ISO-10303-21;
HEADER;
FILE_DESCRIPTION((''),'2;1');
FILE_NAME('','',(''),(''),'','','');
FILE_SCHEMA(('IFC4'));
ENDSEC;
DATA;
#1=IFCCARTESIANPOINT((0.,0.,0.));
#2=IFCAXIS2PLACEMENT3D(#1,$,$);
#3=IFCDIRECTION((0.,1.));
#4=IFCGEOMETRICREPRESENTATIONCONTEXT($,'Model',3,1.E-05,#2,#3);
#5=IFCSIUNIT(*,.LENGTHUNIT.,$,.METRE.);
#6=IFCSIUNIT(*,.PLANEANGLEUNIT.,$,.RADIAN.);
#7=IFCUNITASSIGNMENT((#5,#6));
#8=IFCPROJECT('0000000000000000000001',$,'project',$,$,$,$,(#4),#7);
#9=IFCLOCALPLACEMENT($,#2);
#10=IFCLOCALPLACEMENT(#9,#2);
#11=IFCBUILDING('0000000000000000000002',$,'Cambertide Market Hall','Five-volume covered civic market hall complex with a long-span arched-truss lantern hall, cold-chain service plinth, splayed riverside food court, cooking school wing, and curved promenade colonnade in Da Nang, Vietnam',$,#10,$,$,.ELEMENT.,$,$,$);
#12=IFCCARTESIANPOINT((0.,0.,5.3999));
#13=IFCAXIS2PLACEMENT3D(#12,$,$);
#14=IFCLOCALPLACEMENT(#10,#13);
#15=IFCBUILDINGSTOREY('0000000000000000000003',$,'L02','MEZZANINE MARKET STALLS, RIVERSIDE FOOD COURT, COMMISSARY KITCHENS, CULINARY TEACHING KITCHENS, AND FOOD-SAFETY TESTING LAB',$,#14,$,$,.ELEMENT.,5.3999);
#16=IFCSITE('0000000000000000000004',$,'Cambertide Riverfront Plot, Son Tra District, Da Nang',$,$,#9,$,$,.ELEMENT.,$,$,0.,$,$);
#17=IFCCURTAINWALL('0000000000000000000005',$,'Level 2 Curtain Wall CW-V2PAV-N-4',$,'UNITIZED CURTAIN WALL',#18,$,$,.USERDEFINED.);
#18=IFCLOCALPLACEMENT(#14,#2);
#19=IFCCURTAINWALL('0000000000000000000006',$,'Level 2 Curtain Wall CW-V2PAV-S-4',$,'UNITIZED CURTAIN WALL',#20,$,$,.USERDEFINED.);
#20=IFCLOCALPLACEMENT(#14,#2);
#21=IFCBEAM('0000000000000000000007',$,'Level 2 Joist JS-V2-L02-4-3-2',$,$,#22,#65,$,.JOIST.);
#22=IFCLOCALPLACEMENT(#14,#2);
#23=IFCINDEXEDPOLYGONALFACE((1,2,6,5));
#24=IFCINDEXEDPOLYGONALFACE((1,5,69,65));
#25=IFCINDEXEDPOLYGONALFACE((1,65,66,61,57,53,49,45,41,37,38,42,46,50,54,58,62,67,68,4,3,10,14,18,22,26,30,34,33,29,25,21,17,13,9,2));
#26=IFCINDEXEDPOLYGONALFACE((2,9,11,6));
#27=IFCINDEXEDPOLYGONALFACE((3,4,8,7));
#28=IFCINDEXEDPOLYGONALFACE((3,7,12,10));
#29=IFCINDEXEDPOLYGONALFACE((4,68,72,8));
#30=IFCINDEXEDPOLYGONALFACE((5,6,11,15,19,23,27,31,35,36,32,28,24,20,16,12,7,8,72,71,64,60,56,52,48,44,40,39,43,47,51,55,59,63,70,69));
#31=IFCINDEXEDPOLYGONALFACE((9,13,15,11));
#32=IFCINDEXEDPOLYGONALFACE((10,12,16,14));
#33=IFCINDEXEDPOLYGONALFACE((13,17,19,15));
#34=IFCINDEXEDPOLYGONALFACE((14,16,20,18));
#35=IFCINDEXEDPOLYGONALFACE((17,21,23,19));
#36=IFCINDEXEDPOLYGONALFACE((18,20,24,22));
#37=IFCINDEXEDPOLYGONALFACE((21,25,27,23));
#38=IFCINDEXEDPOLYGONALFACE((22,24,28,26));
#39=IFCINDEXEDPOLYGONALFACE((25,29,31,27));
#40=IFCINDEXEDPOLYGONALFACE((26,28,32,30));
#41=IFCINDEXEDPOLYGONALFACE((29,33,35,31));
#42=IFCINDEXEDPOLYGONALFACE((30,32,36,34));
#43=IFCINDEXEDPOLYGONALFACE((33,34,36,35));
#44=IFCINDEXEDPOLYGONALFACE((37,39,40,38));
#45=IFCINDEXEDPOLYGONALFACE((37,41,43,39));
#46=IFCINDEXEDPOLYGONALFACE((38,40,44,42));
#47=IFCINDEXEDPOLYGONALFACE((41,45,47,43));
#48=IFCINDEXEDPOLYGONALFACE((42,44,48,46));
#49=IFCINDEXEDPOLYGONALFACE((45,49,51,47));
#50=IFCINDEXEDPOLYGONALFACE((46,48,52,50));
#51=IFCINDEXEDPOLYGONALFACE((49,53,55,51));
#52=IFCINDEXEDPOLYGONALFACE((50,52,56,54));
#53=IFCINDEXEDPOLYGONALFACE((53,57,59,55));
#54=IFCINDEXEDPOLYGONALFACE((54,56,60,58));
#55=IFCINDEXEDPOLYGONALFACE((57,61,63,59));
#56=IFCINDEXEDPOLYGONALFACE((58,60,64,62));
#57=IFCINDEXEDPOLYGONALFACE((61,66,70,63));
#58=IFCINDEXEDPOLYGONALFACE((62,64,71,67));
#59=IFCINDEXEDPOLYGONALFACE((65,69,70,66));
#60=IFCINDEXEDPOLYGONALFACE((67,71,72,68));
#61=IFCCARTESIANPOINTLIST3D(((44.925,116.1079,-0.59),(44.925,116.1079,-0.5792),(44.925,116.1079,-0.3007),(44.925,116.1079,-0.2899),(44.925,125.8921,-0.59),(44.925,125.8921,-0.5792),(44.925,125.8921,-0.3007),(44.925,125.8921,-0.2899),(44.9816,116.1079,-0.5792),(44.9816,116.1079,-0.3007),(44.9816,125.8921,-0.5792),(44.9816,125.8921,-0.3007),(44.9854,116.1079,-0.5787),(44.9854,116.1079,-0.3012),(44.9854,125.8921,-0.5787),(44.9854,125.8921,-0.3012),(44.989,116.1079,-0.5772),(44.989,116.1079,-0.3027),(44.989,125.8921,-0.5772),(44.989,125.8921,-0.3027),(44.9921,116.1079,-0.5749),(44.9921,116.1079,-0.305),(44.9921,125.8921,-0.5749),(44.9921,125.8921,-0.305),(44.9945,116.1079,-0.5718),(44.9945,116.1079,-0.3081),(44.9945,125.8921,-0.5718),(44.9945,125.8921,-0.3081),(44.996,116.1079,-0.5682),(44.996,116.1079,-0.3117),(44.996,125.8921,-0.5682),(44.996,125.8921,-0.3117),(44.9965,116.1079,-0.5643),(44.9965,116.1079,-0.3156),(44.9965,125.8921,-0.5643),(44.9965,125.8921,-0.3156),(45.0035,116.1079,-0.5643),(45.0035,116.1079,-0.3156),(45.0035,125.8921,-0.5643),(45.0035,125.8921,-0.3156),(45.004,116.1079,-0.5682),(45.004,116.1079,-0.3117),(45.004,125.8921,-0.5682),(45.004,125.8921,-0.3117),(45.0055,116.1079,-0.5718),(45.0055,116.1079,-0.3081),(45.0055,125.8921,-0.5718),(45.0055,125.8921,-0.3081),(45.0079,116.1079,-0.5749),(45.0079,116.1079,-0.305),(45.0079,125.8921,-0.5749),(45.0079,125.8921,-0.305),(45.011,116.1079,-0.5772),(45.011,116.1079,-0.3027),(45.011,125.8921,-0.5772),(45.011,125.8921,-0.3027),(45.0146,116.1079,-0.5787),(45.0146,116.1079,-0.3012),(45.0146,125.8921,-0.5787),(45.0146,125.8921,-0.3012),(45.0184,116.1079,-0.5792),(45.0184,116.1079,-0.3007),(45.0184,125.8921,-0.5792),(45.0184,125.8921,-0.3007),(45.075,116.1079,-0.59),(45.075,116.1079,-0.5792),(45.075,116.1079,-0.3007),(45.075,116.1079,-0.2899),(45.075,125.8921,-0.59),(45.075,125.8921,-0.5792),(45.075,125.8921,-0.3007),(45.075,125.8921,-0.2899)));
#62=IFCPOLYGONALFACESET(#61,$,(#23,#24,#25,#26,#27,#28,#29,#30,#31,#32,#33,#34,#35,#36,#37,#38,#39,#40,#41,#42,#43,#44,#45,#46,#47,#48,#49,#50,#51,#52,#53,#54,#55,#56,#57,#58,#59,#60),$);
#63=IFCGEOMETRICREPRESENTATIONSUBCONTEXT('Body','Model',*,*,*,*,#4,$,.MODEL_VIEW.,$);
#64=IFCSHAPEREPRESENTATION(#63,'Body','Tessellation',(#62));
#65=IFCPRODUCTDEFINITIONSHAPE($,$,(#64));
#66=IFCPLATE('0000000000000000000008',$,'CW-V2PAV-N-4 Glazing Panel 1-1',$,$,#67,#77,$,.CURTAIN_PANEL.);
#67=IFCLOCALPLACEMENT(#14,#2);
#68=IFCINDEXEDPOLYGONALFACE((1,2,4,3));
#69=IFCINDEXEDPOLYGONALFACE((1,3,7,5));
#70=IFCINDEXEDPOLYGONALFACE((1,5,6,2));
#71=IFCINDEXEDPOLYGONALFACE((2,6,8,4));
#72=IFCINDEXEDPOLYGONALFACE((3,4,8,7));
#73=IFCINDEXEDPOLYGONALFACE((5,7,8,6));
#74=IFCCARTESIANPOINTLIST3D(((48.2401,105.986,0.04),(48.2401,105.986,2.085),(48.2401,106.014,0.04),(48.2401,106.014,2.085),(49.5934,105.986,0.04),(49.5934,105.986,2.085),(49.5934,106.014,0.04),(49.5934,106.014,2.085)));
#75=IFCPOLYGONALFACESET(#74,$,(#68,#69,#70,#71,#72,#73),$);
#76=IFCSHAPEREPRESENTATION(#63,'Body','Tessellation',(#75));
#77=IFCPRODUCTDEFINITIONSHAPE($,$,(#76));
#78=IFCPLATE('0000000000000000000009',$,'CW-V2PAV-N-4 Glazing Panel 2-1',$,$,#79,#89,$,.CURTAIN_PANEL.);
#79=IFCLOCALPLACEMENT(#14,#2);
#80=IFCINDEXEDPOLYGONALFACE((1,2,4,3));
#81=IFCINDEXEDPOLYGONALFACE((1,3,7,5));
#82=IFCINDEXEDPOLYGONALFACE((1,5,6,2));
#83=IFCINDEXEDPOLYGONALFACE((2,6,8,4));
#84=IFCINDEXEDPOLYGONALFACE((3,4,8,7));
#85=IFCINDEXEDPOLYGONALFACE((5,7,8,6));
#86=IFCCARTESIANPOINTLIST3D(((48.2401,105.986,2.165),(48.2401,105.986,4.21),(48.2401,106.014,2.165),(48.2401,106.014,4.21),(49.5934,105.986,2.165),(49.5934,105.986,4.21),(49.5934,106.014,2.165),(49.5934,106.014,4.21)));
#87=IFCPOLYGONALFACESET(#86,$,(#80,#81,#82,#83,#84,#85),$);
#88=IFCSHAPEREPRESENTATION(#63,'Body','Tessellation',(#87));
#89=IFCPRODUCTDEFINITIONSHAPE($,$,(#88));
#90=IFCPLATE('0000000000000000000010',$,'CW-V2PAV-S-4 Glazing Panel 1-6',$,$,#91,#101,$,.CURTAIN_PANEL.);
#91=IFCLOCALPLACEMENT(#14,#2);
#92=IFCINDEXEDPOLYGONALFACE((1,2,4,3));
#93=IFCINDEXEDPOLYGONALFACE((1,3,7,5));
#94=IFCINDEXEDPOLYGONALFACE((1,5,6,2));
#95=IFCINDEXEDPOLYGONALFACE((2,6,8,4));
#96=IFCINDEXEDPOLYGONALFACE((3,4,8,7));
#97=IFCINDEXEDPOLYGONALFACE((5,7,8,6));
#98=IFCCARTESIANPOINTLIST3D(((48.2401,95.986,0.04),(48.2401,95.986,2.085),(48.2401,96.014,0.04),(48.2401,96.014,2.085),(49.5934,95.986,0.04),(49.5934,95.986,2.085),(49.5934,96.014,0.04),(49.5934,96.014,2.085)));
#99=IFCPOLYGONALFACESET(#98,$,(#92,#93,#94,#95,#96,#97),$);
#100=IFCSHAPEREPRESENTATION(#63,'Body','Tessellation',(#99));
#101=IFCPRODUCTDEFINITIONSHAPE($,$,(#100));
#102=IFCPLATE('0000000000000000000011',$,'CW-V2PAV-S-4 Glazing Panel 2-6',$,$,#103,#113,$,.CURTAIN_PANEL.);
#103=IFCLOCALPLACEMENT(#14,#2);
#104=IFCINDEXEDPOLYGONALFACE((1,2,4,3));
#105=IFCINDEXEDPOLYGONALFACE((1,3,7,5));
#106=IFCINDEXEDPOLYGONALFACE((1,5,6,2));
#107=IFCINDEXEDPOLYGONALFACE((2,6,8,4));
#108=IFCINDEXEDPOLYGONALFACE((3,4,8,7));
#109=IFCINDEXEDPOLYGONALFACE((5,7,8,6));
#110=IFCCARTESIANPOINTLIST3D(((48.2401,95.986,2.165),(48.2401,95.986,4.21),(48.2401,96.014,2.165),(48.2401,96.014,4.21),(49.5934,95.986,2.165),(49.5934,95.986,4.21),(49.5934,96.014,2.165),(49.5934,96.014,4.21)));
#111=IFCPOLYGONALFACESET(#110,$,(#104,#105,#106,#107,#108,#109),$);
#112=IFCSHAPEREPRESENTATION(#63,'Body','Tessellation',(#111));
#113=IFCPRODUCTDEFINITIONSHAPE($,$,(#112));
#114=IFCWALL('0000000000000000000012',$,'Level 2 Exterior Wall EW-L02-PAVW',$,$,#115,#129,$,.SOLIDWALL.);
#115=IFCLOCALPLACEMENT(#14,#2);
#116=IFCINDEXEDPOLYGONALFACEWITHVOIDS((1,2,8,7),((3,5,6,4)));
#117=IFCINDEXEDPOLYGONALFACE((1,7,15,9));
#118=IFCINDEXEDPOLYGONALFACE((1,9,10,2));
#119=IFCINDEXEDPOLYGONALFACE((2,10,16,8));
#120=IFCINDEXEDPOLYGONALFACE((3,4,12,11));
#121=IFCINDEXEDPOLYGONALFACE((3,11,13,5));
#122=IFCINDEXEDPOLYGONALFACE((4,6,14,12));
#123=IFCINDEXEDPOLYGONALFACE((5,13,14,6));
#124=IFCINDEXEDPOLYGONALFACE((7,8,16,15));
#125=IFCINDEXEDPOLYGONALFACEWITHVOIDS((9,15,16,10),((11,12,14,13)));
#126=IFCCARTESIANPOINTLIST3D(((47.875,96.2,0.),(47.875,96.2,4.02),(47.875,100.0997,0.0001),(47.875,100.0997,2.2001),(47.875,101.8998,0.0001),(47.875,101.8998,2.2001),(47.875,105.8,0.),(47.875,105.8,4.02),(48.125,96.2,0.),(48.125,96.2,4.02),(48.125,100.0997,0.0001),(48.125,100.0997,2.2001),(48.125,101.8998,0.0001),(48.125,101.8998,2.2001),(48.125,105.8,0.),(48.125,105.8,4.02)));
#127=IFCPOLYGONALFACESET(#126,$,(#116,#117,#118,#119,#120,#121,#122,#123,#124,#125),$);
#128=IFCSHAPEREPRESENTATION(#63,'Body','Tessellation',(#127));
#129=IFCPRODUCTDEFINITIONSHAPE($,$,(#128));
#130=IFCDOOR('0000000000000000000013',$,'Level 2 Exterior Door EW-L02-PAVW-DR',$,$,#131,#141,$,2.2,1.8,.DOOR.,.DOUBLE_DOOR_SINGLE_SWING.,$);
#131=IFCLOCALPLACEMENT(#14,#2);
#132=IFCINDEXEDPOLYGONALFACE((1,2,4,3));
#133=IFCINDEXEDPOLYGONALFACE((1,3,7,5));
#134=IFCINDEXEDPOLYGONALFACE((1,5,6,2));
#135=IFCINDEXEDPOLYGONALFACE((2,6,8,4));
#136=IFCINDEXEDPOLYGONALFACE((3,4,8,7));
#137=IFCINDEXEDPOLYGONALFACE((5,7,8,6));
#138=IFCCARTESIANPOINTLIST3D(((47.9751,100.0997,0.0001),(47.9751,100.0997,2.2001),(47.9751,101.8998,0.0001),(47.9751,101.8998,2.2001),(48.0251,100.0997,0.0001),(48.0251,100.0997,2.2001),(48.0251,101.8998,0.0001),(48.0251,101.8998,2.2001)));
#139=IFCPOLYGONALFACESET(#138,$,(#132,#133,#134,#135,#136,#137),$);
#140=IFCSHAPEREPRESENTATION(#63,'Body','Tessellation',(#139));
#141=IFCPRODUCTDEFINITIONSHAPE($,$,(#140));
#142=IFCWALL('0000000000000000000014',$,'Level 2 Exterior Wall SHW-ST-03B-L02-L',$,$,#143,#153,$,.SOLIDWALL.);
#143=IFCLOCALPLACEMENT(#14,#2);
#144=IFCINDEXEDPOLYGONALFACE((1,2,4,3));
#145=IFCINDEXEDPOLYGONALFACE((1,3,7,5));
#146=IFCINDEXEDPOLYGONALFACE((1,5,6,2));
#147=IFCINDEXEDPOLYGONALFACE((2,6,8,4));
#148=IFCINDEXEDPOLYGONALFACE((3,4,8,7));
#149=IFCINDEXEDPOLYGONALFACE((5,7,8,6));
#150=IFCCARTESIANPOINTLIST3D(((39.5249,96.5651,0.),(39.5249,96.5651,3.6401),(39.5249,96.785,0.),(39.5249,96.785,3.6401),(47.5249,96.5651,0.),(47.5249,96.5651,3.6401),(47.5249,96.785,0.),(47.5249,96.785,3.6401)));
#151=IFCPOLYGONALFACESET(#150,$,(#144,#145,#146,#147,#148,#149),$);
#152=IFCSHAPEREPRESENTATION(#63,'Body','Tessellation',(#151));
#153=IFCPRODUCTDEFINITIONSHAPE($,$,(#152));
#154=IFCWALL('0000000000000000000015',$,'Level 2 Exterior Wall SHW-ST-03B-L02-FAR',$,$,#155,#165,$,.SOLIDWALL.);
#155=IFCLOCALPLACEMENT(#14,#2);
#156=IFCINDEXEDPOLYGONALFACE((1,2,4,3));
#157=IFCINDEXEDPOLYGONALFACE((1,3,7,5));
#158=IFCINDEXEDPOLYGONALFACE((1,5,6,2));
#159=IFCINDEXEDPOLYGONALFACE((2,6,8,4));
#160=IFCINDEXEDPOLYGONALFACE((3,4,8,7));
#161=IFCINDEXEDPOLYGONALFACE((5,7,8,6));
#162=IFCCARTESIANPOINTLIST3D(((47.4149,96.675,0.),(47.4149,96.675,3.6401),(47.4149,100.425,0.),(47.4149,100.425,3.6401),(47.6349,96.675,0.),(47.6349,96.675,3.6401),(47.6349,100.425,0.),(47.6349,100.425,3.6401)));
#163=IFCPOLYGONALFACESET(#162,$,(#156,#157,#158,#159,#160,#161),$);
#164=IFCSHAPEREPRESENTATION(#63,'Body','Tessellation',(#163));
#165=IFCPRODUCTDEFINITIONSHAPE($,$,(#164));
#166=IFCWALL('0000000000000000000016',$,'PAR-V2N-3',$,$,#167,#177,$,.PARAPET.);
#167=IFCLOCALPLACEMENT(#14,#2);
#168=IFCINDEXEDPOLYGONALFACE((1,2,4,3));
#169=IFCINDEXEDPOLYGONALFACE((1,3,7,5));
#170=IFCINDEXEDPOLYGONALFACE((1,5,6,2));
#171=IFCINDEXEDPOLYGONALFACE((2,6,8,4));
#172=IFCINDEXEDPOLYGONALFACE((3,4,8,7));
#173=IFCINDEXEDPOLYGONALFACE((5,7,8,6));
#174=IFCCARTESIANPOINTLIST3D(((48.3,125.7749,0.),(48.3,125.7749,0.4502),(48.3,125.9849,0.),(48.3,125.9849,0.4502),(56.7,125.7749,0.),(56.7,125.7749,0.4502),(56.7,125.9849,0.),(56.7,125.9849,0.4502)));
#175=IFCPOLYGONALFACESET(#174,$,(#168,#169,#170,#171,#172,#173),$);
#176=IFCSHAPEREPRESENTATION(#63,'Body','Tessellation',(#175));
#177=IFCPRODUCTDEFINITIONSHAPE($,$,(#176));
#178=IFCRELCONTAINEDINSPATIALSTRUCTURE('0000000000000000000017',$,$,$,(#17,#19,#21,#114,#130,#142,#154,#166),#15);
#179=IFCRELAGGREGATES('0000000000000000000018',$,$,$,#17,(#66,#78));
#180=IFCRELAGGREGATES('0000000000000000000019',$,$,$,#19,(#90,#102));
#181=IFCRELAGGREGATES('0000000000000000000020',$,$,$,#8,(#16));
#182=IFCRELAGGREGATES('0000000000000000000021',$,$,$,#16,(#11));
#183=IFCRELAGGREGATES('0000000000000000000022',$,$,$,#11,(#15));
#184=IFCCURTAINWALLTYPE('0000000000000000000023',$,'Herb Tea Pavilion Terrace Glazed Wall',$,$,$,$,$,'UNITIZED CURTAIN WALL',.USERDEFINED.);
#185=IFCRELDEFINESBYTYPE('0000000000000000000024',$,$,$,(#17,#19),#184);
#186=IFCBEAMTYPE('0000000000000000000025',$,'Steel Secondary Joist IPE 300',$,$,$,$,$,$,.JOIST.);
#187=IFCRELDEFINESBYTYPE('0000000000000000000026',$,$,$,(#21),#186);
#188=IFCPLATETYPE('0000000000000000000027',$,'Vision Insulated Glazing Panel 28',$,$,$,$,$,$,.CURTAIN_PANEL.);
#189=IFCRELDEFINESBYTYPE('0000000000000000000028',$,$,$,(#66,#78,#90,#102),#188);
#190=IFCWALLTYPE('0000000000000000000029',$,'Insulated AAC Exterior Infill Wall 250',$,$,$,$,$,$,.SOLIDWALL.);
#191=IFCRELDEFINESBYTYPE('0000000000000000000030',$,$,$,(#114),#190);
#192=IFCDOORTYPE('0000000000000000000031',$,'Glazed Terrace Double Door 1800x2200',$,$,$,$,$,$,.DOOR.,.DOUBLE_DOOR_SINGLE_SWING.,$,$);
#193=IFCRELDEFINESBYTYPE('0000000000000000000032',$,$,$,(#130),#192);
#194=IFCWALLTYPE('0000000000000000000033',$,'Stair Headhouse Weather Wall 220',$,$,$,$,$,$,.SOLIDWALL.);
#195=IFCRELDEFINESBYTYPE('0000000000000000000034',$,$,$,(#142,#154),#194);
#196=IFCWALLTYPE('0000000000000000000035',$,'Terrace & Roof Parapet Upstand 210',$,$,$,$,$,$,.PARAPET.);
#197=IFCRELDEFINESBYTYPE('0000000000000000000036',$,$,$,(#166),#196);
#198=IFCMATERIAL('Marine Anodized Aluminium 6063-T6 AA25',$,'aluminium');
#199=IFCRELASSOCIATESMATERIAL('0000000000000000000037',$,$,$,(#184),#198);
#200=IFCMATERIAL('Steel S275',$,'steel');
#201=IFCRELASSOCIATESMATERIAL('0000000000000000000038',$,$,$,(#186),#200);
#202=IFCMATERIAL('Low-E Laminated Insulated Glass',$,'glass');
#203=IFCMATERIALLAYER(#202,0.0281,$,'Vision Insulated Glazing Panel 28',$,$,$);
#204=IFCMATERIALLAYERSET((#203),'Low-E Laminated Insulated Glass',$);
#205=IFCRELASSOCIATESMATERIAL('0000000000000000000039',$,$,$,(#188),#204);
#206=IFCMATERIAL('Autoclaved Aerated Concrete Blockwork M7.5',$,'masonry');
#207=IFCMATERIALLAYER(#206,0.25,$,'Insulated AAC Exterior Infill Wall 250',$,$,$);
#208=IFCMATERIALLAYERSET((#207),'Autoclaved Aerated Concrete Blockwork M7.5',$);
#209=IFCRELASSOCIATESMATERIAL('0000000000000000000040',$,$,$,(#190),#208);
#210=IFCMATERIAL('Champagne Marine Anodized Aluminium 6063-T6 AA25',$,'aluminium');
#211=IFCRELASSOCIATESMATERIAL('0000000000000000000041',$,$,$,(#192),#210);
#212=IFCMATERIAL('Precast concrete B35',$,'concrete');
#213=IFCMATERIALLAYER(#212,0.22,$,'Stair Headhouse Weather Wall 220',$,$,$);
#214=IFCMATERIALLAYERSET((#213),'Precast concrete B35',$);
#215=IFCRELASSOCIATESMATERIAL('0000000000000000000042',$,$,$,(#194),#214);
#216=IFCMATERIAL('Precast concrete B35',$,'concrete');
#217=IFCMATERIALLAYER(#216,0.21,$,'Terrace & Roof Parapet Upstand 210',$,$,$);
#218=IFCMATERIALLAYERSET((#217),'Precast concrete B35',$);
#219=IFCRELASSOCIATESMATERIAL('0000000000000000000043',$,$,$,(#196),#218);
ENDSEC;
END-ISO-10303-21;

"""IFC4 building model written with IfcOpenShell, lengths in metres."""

from ifc_helpers import new_model, si_unit, direction, frame, frame_2d, origin, origin_2d, place, context, subcontext, project, spatial, rectangle, i_section, extrude, material, layer, layer_set, material_profile, profile_set, type_object, element, fill, aggregate, save


model = new_model("IFC4")

# Units and contexts
model_context = context("Model", 3, precision=1e-05, world=origin(), true_north=direction((0.0, 1.0)))
body_context = subcontext(model_context, "Body", "Model", "MODEL_VIEW")
ifc_project = project(units=[si_unit("LENGTHUNIT", "METRE"), si_unit("PLANEANGLEUNIT", "RADIAN")], contexts=[model_context])

# Site, building, storey
site_placement = place(None, origin())
site = spatial("IfcSite", under=ifc_project, at=site_placement, Name="Cambertide Riverfront Plot, Son Tra District, Da Nang", CompositionType="ELEMENT", RefElevation=0.0)
building_placement = place(site_placement, origin())
building = spatial("IfcBuilding", under=site, at=building_placement, Name="Cambertide Market Hall", Description="Five-volume covered civic market hall complex with a long-span arched-truss lantern hall, cold-chain service plinth, splayed riverside food court, cooking school wing, and curved promenade colonnade in Da Nang, Vietnam", CompositionType="ELEMENT")
storey_placement = place(building_placement, frame((0.0, 0.0, 5.3999)))
storey = spatial("IfcBuildingStorey", under=building, at=storey_placement, Name="L02", Description="MEZZANINE MARKET STALLS, RIVERSIDE FOOD COURT, COMMISSARY KITCHENS, CULINARY TEACHING KITCHENS, AND FOOD-SAFETY TESTING LAB", CompositionType="ELEMENT", Elevation=5.3999)

# Curtain walls
ifc_material_1 = material(Name="Marine Anodized Aluminium 6063-T6 AA25", Category="aluminium")
curtain_wall_type = type_object("IfcCurtainWallType", Name="Herb Tea Pavilion Terrace Glazed Wall", ElementType="UNITIZED CURTAIN WALL", PredefinedType="USERDEFINED", material=ifc_material_1)
curtain_wall_1_placement = place(storey_placement, origin())
curtain_wall_1 = element("IfcCurtainWall", 1, at=curtain_wall_1_placement, inside=storey, type_object=curtain_wall_type, Name="Level 2 Curtain Wall CW-V2PAV-N-4", ObjectType="UNITIZED CURTAIN WALL", PredefinedType="USERDEFINED")
curtain_wall_2_placement = place(storey_placement, origin())
curtain_wall_2 = element("IfcCurtainWall", 2, at=curtain_wall_2_placement, inside=storey, type_object=curtain_wall_type, Name="Level 2 Curtain Wall CW-V2PAV-S-4", ObjectType="UNITIZED CURTAIN WALL", PredefinedType="USERDEFINED")

# Beam
ifc_material_2 = material(Name="Steel S275", Category="steel")
ifc_material_profile_1 = material_profile(ifc_material_2, i_section(OverallWidth=0.1499, OverallDepth=0.3, WebThickness=0.0071, FlangeThickness=0.0107, FilletRadius=0.0149, at=origin_2d()), Name="IPE 300")
ifc_profile_set_1 = profile_set([ifc_material_profile_1], Name="Steel S275")
beam_type_1 = type_object("IfcBeamType", Name="Steel Secondary Joist IPE 300", PredefinedType="JOIST", material=ifc_profile_set_1)
for number, where, z_axis, x_axis, name in (
    (3, (45.0, 116.1079, -0.4399), (0.0, 1.0, 0.0), (-1.0, 0.0, 0.0), "Level 2 Joist JS-V2-L02-4-3-2"),
):
    element("IfcBeam", number, at=place(storey_placement, frame(where, z_axis=z_axis, x_axis=x_axis)), inside=storey, type_object=beam_type_1, Name=name, PredefinedType="JOIST", context=body_context, shape_type="SweptSolid", body=[
        extrude(i_section(OverallWidth=0.1499, OverallDepth=0.3, WebThickness=0.0071, FlangeThickness=0.0107, FilletRadius=0.0149, at=origin_2d()), origin(), (0.0, 0.0, 1.0), 9.7842),
    ])

# Plates
ifc_material_3 = material(Name="Low-E Laminated Insulated Glass", Category="glass")
ifc_layer_1 = layer(ifc_material_3, 0.0281, Name="Vision Insulated Glazing Panel 28")
ifc_layer_set_1 = layer_set([ifc_layer_1], Name="Low-E Laminated Insulated Glass")
plate_type = type_object("IfcPlateType", Name="Vision Insulated Glazing Panel 28", PredefinedType="CURTAIN_PANEL", material=ifc_layer_set_1)
plate_1_placement = place(storey_placement, frame((48.9167, 106.0, 0.04), z_axis=(0.0, 0.0, 1.0), x_axis=(1.0, 0.0, 0.0)))
plate_1 = element("IfcPlate", 4, at=plate_1_placement, type_object=plate_type, Name="CW-V2PAV-N-4 Glazing Panel 1-1", PredefinedType="CURTAIN_PANEL", context=body_context, shape_type="SweptSolid", body=[
    extrude(rectangle(XDim=1.3533, YDim=0.0281, at=origin_2d()), origin(), (0.0, 0.0, 1.0), 2.0449),
])
plate_2_placement = place(storey_placement, frame((48.9167, 106.0, 2.165), z_axis=(0.0, 0.0, 1.0), x_axis=(1.0, 0.0, 0.0)))
plate_2 = element("IfcPlate", 5, at=plate_2_placement, type_object=plate_type, Name="CW-V2PAV-N-4 Glazing Panel 2-1", PredefinedType="CURTAIN_PANEL", context=body_context, shape_type="SweptSolid", body=[
    extrude(rectangle(XDim=1.3533, YDim=0.0281, at=origin_2d()), origin(), (0.0, 0.0, 1.0), 2.0449),
])
aggregate(curtain_wall_1, [plate_1, plate_2])
plate_3_placement = place(storey_placement, frame((48.9167, 96.0, 0.04), z_axis=(0.0, 0.0, 1.0), x_axis=(-1.0, 0.0, 0.0)))
plate_3 = element("IfcPlate", 6, at=plate_3_placement, type_object=plate_type, Name="CW-V2PAV-S-4 Glazing Panel 1-6", PredefinedType="CURTAIN_PANEL", context=body_context, shape_type="SweptSolid", body=[
    extrude(rectangle(XDim=1.3533, YDim=0.0281, at=origin_2d()), origin(), (0.0, 0.0, 1.0), 2.0449),
])
plate_4_placement = place(storey_placement, frame((48.9167, 96.0, 2.165), z_axis=(0.0, 0.0, 1.0), x_axis=(-1.0, 0.0, 0.0)))
plate_4 = element("IfcPlate", 7, at=plate_4_placement, type_object=plate_type, Name="CW-V2PAV-S-4 Glazing Panel 2-6", PredefinedType="CURTAIN_PANEL", context=body_context, shape_type="SweptSolid", body=[
    extrude(rectangle(XDim=1.3533, YDim=0.0281, at=origin_2d()), origin(), (0.0, 0.0, 1.0), 2.0449),
])
aggregate(curtain_wall_2, [plate_3, plate_4])

# Wall, opening, door
ifc_material_4 = material(Name="Autoclaved Aerated Concrete Blockwork M7.5", Category="masonry")
ifc_layer_2 = layer(ifc_material_4, 0.25, Name="Insulated AAC Exterior Infill Wall 250")
ifc_layer_set_2 = layer_set([ifc_layer_2], Name="Autoclaved Aerated Concrete Blockwork M7.5")
wall_type_1 = type_object("IfcWallType", Name="Insulated AAC Exterior Infill Wall 250", PredefinedType="SOLIDWALL", material=ifc_layer_set_2)
wall_1_placement = place(storey_placement, frame((48.0, 96.2, 0.0), z_axis=(0.0, 0.0, 1.0), x_axis=(0.0, 1.0, 0.0)))
wall_1 = element("IfcWall", 8, at=wall_1_placement, inside=storey, type_object=wall_type_1, Name="Level 2 Exterior Wall EW-L02-PAVW", PredefinedType="SOLIDWALL", context=body_context, shape_type="SweptSolid", body=[
    extrude(rectangle(XDim=9.6001, YDim=0.25, at=frame_2d((4.8, 0.0))), origin(), (0.0, 0.0, 1.0), 4.02),
])
opening_placement = place(wall_1_placement, frame((3.8999, 0.0, 0.0)))
opening = element("IfcOpeningElement", 9, at=opening_placement, cuts=wall_1, PredefinedType="OPENING", context=body_context, shape_type="SweptSolid", body=[
    extrude(rectangle(XDim=1.8, YDim=2.2, at=frame_2d((0.8999, 1.1001))), frame((0.0, 0.135, 0.0), z_axis=(0.0, -1.0, 0.0), x_axis=(1.0, 0.0, 0.0)), (0.0, 0.0, 1.0), 0.27),
])
ifc_material_5 = material(Name="Champagne Marine Anodized Aluminium 6063-T6 AA25", Category="aluminium")
door_type = type_object("IfcDoorType", Name="Glazed Terrace Double Door 1800x2200", OperationType="DOUBLE_DOOR_SINGLE_SWING", PredefinedType="DOOR", material=ifc_material_5)
door_placement = place(opening_placement, origin())
door = element("IfcDoor", 10, at=door_placement, inside=storey, type_object=door_type, Name="Level 2 Exterior Door EW-L02-PAVW-DR", OperationType="DOUBLE_DOOR_SINGLE_SWING", OverallHeight=2.2, OverallWidth=1.8, PredefinedType="DOOR", context=body_context, shape_type="SweptSolid", body=[
    extrude(rectangle(XDim=1.8, YDim=2.2, at=frame_2d((0.8999, 1.1001))), frame((0.0, 0.0249, 0.0), z_axis=(0.0, -1.0, 0.0), x_axis=(1.0, 0.0, 0.0)), (0.0, 0.0, 1.0), 0.05),
])
fill(opening, door)

# Walls
ifc_material_6 = material(Name="Precast concrete B35", Category="concrete")
ifc_layer_3 = layer(ifc_material_6, 0.22, Name="Stair Headhouse Weather Wall 220")
ifc_layer_set_3 = layer_set([ifc_layer_3], Name="Precast concrete B35")
wall_type_2 = type_object("IfcWallType", Name="Stair Headhouse Weather Wall 220", PredefinedType="SOLIDWALL", material=ifc_layer_set_3)
wall_2_placement = place(storey_placement, frame((47.5249, 96.675, 0.0), z_axis=(0.0, 0.0, 1.0), x_axis=(-1.0, 0.0, 0.0)))
element("IfcWall", 11, at=wall_2_placement, inside=storey, type_object=wall_type_2, Name="Level 2 Exterior Wall SHW-ST-03B-L02-L", PredefinedType="SOLIDWALL", context=body_context, shape_type="SweptSolid", body=[
    extrude(rectangle(XDim=8.0, YDim=0.22, at=frame_2d((4.0, 0.0))), origin(), (0.0, 0.0, 1.0), 3.6401),
])
wall_3_placement = place(storey_placement, frame((47.5249, 100.425, 0.0), z_axis=(0.0, 0.0, 1.0), x_axis=(0.0, -1.0, 0.0)))
element("IfcWall", 12, at=wall_3_placement, inside=storey, type_object=wall_type_2, Name="Level 2 Exterior Wall SHW-ST-03B-L02-FAR", PredefinedType="SOLIDWALL", context=body_context, shape_type="SweptSolid", body=[
    extrude(rectangle(XDim=3.75, YDim=0.22, at=frame_2d((1.875, 0.0))), origin(), (0.0, 0.0, 1.0), 3.6401),
])
ifc_material_7 = material(Name="Precast concrete B35", Category="concrete")
ifc_layer_4 = layer(ifc_material_7, 0.21, Name="Terrace & Roof Parapet Upstand 210")
ifc_layer_set_4 = layer_set([ifc_layer_4], Name="Precast concrete B35")
wall_type_3 = type_object("IfcWallType", Name="Terrace & Roof Parapet Upstand 210", PredefinedType="PARAPET", material=ifc_layer_set_4)
wall_4_placement = place(storey_placement, frame((48.3, 125.8799, 0.0), z_axis=(0.0, 0.0, 1.0), x_axis=(1.0, 0.0, 0.0)))
element("IfcWall", 13, at=wall_4_placement, inside=storey, type_object=wall_type_3, Name="PAR-V2N-3", PredefinedType="PARAPET", context=body_context, shape_type="SweptSolid", body=[
    extrude(rectangle(XDim=8.3999, YDim=0.21, at=frame_2d((4.2, 0.0))), origin(), (0.0, 0.0, 1.0), 0.4502),
])

save(model, "model.ifc")
